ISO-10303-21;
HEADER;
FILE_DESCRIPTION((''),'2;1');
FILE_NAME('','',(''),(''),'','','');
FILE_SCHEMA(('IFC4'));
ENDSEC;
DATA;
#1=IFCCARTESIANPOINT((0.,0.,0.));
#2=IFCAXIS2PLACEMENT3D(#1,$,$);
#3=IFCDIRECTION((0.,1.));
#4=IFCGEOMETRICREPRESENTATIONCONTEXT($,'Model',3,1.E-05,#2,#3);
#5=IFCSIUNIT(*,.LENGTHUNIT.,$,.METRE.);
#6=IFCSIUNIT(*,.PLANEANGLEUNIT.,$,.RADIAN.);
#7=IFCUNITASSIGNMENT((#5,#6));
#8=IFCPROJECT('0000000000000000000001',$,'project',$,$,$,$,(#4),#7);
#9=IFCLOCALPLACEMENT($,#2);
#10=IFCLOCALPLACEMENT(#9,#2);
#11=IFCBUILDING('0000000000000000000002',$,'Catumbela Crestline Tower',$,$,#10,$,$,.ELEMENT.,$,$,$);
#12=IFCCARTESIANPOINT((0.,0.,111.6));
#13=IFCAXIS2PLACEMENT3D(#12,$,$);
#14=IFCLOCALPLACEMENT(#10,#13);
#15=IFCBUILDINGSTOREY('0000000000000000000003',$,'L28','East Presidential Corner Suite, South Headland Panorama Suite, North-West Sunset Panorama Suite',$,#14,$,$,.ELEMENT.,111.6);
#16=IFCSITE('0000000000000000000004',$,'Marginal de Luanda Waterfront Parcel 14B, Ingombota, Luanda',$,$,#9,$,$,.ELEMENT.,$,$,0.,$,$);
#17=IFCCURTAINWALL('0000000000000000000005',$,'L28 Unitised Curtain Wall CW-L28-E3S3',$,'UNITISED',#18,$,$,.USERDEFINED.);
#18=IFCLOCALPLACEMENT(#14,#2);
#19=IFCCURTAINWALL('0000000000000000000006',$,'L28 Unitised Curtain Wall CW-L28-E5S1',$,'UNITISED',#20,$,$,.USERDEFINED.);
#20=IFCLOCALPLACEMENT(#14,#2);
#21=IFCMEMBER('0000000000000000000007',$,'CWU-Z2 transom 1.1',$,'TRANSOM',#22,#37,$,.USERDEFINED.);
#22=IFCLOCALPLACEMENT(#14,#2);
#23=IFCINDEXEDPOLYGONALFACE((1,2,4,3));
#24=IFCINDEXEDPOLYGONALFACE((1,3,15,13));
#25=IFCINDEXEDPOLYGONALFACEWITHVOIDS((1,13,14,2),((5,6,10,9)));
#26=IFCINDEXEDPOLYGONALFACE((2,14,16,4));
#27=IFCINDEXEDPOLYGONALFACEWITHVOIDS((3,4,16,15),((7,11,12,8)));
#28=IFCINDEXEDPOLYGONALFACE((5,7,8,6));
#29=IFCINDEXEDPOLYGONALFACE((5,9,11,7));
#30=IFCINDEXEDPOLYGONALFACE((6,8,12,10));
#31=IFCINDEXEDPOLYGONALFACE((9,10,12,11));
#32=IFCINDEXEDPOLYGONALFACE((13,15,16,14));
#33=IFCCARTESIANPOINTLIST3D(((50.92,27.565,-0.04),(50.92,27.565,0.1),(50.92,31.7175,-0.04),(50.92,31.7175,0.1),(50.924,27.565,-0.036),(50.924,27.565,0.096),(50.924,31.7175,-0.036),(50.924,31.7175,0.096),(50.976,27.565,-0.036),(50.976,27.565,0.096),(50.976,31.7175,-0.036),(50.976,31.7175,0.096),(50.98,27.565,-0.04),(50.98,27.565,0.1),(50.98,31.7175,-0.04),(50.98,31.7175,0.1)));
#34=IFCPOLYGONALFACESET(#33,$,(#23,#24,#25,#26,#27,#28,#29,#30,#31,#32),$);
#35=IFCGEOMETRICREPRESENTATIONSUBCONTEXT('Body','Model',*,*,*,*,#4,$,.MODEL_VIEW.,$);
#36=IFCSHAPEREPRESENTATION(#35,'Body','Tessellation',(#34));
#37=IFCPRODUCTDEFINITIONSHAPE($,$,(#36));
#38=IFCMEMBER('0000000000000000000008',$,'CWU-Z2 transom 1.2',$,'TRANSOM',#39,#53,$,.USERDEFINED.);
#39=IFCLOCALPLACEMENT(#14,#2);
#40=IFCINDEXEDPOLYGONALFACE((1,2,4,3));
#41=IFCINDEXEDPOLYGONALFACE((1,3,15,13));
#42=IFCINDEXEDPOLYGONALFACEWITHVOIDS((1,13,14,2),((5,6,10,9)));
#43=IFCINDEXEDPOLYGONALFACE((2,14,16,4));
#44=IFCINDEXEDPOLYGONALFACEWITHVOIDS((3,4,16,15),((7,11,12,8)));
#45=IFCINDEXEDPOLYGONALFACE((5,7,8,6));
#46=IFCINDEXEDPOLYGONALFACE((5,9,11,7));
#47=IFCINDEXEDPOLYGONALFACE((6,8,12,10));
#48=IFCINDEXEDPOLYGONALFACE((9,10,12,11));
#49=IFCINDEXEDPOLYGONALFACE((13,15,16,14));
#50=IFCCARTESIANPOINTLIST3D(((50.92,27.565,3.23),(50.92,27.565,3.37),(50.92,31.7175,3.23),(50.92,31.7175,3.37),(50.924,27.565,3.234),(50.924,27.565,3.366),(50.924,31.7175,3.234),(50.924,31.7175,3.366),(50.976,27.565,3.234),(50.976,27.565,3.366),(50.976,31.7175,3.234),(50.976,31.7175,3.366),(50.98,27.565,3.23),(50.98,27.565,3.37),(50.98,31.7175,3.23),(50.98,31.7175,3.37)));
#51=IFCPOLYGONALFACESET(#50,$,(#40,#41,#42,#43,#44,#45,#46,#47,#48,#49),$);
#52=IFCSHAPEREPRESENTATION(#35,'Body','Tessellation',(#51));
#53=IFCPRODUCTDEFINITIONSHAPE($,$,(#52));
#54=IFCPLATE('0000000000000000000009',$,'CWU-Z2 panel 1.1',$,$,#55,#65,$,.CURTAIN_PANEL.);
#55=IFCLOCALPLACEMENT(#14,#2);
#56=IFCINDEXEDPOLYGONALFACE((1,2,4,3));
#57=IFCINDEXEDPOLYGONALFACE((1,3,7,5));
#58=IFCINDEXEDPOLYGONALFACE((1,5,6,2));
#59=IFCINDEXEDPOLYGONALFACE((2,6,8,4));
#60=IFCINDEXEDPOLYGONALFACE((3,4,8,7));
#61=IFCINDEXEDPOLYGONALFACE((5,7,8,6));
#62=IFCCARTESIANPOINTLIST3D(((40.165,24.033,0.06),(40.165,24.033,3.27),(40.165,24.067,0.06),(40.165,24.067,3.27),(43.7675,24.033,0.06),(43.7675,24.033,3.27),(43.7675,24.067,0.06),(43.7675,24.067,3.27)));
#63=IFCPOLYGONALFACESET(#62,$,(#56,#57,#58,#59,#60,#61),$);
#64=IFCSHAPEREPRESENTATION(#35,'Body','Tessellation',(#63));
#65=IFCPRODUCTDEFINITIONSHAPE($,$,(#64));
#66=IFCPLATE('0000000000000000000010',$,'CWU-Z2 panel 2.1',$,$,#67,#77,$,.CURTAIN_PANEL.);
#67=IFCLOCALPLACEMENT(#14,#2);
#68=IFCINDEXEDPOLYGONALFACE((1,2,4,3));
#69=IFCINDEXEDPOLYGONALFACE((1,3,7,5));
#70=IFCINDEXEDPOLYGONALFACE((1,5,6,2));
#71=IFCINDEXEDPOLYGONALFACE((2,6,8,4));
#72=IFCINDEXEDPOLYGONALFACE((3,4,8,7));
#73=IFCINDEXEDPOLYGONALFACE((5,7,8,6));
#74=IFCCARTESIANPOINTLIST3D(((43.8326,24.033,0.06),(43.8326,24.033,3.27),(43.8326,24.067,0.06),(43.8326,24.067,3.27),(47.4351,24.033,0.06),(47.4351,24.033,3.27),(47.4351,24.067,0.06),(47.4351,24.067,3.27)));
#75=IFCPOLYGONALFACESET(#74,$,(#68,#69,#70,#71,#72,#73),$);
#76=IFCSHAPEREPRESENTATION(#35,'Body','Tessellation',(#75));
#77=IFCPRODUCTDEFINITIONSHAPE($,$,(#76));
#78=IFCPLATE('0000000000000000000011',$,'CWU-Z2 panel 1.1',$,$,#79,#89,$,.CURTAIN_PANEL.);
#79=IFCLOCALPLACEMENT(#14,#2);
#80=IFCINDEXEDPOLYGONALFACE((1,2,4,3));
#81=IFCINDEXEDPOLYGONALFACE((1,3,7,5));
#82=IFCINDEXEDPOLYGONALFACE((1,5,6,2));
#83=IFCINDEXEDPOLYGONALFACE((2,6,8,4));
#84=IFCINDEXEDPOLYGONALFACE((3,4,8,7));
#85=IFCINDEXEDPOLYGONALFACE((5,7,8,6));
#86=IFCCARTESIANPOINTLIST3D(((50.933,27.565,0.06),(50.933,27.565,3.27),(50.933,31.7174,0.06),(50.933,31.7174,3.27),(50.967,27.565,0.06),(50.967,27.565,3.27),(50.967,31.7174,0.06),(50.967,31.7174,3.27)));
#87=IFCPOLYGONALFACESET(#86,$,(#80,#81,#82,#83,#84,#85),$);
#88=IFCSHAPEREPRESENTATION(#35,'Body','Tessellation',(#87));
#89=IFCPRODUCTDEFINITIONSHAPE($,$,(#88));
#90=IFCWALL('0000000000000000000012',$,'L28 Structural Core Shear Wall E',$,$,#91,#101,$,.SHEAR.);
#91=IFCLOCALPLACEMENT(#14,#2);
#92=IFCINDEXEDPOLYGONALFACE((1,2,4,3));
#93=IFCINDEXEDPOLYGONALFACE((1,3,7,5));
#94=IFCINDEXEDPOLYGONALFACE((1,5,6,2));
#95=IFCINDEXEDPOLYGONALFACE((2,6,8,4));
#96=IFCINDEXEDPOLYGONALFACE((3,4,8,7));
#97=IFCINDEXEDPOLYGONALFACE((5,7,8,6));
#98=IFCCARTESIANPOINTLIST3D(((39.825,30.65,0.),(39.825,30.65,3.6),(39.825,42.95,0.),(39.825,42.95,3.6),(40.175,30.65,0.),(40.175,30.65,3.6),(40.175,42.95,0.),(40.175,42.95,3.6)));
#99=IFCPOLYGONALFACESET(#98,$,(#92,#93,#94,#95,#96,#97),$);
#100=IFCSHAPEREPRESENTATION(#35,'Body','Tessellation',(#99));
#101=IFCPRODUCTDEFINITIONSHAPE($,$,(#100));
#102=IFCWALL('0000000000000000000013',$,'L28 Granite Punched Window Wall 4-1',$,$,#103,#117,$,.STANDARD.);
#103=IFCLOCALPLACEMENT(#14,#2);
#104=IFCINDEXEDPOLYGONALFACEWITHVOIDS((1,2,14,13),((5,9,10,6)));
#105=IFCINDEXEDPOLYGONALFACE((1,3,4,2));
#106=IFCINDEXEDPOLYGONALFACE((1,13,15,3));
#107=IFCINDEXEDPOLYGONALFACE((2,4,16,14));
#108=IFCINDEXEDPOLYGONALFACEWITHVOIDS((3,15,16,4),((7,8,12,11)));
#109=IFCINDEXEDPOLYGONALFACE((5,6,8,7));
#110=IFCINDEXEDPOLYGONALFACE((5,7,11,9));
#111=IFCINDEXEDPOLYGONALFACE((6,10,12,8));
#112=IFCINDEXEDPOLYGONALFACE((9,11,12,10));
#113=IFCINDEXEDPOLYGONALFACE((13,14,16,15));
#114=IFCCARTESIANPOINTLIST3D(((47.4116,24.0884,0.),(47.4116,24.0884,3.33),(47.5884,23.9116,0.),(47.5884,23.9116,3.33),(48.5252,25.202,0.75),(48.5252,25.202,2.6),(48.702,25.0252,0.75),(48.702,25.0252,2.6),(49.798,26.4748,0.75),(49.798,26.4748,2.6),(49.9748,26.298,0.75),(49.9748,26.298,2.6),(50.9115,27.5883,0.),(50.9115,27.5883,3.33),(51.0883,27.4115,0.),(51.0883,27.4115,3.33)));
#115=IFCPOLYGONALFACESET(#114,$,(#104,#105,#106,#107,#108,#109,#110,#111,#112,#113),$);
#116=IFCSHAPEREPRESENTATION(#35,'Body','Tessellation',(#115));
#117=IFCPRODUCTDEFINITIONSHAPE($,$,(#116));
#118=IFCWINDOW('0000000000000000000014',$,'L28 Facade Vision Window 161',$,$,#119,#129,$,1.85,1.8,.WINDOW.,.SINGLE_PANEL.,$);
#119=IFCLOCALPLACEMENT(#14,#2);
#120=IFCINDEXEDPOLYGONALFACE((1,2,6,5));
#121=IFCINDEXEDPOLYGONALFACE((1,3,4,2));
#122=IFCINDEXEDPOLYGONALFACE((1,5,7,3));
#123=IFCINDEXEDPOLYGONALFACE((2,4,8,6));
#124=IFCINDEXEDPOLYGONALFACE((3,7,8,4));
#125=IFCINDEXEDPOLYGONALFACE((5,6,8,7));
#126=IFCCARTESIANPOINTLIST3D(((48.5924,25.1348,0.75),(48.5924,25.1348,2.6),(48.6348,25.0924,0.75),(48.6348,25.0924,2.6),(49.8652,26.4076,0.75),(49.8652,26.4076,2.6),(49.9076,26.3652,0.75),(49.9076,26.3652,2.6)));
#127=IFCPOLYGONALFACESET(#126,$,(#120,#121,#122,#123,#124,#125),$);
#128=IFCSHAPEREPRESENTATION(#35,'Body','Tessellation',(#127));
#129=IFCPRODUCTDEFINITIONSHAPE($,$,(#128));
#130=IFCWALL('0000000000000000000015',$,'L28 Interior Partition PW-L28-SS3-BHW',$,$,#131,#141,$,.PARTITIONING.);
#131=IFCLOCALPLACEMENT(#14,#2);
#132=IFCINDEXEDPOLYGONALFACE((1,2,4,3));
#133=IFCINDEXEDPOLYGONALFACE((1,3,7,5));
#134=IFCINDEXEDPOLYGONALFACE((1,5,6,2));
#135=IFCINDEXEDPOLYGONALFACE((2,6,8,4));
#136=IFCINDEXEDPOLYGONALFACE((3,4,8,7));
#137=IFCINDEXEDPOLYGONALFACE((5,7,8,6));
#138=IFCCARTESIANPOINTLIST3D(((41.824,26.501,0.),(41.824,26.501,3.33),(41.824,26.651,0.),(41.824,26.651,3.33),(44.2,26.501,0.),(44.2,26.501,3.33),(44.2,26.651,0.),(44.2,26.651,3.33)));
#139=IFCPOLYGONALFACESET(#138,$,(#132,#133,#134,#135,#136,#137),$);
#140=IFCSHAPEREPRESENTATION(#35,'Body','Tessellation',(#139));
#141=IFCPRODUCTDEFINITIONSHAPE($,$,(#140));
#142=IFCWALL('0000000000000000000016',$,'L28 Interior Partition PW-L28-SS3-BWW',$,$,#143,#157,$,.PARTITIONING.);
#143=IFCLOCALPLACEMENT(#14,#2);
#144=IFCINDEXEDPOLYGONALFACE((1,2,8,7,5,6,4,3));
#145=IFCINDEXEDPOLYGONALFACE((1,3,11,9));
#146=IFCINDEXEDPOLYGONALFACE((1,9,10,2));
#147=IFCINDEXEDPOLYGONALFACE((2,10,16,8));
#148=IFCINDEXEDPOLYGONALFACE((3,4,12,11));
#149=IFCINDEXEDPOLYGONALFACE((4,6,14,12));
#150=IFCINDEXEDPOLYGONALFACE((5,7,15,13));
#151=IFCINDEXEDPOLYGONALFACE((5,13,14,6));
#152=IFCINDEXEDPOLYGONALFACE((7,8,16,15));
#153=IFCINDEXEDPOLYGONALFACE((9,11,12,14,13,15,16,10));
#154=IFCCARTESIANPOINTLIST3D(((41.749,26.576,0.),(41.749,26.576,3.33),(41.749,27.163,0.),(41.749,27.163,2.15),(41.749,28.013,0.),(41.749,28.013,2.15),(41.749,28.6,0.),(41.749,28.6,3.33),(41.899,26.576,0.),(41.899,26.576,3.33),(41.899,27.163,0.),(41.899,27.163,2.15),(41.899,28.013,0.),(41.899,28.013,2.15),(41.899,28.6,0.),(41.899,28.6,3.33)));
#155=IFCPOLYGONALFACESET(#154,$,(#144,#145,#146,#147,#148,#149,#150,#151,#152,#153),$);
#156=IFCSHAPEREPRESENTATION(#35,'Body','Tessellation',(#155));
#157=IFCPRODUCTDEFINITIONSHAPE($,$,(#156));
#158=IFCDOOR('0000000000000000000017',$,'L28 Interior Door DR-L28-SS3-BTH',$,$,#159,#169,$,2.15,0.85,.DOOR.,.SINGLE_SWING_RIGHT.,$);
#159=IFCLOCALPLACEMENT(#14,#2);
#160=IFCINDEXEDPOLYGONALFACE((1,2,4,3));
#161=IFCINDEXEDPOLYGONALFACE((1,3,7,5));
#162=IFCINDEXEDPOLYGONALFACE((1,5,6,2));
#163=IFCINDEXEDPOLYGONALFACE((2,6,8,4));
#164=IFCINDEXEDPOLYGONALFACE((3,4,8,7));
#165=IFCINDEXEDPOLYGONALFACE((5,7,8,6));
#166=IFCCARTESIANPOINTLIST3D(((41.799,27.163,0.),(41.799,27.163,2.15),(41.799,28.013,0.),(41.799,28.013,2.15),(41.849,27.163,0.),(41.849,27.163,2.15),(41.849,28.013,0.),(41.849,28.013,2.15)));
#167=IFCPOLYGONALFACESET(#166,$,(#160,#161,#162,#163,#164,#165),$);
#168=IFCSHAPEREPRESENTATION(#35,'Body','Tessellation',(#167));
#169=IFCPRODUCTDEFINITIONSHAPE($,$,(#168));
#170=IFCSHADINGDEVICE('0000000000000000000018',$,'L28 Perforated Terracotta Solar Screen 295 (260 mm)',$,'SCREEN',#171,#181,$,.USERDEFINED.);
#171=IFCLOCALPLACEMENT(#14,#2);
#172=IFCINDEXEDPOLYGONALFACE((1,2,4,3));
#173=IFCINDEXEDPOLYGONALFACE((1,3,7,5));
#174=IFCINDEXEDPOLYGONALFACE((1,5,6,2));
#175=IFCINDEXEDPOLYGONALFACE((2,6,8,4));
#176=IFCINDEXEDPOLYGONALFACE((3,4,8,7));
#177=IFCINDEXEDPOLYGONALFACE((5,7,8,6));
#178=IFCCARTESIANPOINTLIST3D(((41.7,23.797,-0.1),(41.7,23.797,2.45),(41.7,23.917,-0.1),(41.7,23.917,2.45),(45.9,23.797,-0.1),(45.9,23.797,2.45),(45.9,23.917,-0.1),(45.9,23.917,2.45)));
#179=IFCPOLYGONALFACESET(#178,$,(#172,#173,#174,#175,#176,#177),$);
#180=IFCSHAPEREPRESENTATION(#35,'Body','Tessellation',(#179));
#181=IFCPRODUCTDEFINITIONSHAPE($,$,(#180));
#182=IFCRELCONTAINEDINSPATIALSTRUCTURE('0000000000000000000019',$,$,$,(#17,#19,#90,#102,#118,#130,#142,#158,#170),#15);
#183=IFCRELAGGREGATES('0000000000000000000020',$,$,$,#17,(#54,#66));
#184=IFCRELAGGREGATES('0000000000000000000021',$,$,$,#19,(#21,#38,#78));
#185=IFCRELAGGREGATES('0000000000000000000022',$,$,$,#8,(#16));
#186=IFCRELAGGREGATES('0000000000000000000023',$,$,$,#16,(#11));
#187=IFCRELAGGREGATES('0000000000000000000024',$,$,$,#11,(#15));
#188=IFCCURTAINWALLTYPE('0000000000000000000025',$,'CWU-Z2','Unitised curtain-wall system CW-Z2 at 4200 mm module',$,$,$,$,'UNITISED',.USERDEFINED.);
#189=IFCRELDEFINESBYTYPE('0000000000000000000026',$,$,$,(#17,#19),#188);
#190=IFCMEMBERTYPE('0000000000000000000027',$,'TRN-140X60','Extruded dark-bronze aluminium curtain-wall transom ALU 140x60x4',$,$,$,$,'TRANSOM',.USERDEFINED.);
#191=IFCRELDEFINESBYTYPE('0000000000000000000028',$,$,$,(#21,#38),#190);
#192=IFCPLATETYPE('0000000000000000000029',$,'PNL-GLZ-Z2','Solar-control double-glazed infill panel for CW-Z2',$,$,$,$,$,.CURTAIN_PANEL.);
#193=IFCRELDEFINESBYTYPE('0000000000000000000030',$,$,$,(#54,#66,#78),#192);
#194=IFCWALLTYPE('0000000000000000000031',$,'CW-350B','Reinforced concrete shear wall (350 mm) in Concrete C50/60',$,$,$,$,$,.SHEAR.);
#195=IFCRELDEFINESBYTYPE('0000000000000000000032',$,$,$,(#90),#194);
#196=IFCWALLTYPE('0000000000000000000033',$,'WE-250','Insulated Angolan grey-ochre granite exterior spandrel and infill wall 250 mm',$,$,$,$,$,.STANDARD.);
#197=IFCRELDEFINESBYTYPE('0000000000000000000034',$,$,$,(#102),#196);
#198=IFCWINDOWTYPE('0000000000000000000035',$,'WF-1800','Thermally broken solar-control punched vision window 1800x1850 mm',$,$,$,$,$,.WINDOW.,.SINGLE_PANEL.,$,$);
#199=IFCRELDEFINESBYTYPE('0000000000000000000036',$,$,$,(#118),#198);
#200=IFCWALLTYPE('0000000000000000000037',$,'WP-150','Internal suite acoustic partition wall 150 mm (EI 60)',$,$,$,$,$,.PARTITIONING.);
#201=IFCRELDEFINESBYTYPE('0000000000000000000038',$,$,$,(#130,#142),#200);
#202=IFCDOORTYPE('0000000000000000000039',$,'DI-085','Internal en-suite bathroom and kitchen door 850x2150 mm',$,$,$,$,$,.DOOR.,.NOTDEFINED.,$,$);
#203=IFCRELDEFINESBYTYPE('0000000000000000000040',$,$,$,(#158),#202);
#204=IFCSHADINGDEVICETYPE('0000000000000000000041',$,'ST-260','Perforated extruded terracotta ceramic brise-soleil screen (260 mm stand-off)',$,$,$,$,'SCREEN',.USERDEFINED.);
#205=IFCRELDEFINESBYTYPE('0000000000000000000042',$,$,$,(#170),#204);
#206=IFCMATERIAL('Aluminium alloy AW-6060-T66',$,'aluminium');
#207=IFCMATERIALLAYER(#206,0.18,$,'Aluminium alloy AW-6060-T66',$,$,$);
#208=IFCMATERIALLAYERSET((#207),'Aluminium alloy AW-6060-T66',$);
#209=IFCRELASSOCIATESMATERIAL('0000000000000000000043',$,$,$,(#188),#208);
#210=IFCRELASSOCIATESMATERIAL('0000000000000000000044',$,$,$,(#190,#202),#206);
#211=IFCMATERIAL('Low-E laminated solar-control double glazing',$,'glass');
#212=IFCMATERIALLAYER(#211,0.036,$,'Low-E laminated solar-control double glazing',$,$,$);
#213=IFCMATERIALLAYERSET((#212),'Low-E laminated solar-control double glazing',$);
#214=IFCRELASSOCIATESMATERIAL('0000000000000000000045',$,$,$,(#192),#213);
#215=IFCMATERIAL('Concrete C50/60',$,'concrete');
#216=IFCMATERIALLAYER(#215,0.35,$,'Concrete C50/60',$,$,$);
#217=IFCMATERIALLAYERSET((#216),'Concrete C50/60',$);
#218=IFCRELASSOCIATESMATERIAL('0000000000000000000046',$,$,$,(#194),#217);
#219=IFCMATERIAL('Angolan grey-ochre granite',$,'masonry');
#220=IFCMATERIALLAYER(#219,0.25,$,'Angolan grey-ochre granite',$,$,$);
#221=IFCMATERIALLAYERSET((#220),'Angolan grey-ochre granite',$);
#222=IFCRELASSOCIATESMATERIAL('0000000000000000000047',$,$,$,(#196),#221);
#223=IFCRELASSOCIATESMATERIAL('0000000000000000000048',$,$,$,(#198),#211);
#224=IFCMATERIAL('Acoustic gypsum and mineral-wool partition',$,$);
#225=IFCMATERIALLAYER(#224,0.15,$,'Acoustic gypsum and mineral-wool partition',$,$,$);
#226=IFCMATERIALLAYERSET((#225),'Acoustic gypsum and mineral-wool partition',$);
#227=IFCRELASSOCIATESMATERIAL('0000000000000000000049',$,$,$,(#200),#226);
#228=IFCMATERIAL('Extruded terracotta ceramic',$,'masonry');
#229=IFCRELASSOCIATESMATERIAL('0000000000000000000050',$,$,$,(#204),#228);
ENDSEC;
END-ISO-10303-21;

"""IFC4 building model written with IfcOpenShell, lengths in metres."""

from ifc_helpers import new_model, si_unit, direction, frame, frame_2d, origin, origin_2d, place, context, subcontext, project, spatial, rectangle, hollow_rectangle, extrude, material, layer, layer_set, material_profile, profile_set, type_object, element, fill, aggregate, save


model = new_model("IFC4")

# Units and contexts
model_context = context("Model", 3, precision=1e-05, world=origin(), true_north=direction((0.0, 1.0)))
body_context = subcontext(model_context, "Body", "Model", "MODEL_VIEW")
ifc_project = project(units=[si_unit("LENGTHUNIT", "METRE"), si_unit("PLANEANGLEUNIT", "RADIAN")], contexts=[model_context])

# Site, building, storey
site_placement = place(None, origin())
site = spatial("IfcSite", under=ifc_project, at=site_placement, Name="Marginal de Luanda Waterfront Parcel 14B, Ingombota, Luanda", CompositionType="ELEMENT", RefElevation=0.0)
building_placement = place(site_placement, origin())
building = spatial("IfcBuilding", under=site, at=building_placement, Name="Catumbela Crestline Tower", CompositionType="ELEMENT")
storey_placement = place(building_placement, frame((0.0, 0.0, 111.6)))
storey = spatial("IfcBuildingStorey", under=building, at=storey_placement, Name="L28", Description="East Presidential Corner Suite, South Headland Panorama Suite, North-West Sunset Panorama Suite", CompositionType="ELEMENT", Elevation=111.6)

# Shared definitions
ifc_material_1 = material(Name="Concrete C50/60", Category="concrete")

# Curtain wall
ifc_material_2 = material(Name="Aluminium alloy AW-6060-T66", Category="aluminium")
ifc_layer_1 = layer(ifc_material_2, 0.18, Name="Aluminium alloy AW-6060-T66")
ifc_layer_set_1 = layer_set([ifc_layer_1], Name="Aluminium alloy AW-6060-T66")
curtain_wall_type = type_object("IfcCurtainWallType", Name="CWU-Z2", Description="Unitised curtain-wall system CW-Z2 at 4200 mm module", ElementType="UNITISED", PredefinedType="USERDEFINED", material=ifc_layer_set_1)
curtain_wall_1_placement = place(storey_placement, origin())
curtain_wall_1 = element("IfcCurtainWall", 1, at=curtain_wall_1_placement, inside=storey, type_object=curtain_wall_type, Name="L28 Unitised Curtain Wall CW-L28-E3S3", ObjectType="UNITISED", PredefinedType="USERDEFINED")

# Curtain wall
curtain_wall_2_placement = place(storey_placement, origin())
curtain_wall_2 = element("IfcCurtainWall", 2, at=curtain_wall_2_placement, inside=storey, type_object=curtain_wall_type, Name="L28 Unitised Curtain Wall CW-L28-E5S1", ObjectType="UNITISED", PredefinedType="USERDEFINED")

# Members
ifc_material_profile_1 = material_profile(ifc_material_2, hollow_rectangle(XDim=0.06, YDim=0.14, WallThickness=0.004, at=origin_2d()), Name="ALU 140x60x4")
ifc_profile_set_1 = profile_set([ifc_material_profile_1], Name="Aluminium alloy AW-6060-T66")
member_type_1 = type_object("IfcMemberType", Name="TRN-140X60", Description="Extruded dark-bronze aluminium curtain-wall transom ALU 140x60x4", ElementType="TRANSOM", PredefinedType="USERDEFINED", material=ifc_profile_set_1)
member_1_placement = place(storey_placement, frame((50.95, 27.565, 0.03), z_axis=(0.0, 1.0, 0.0), x_axis=(-1.0, 0.0, 0.0)))
member_1 = element("IfcMember", 3, at=member_1_placement, type_object=member_type_1, Name="CWU-Z2 transom 1.1", ObjectType="TRANSOM", PredefinedType="USERDEFINED", context=body_context, shape_type="SweptSolid", body=[
    extrude(hollow_rectangle(XDim=0.06, YDim=0.14, WallThickness=0.004, at=origin_2d()), origin(), (0.0, 0.0, 1.0), 4.1525),
])
member_2_placement = place(storey_placement, frame((50.95, 27.565, 3.3), z_axis=(0.0, 1.0, 0.0), x_axis=(-1.0, 0.0, 0.0)))
member_2 = element("IfcMember", 4, at=member_2_placement, type_object=member_type_1, Name="CWU-Z2 transom 1.2", ObjectType="TRANSOM", PredefinedType="USERDEFINED", context=body_context, shape_type="SweptSolid", body=[
    extrude(hollow_rectangle(XDim=0.06, YDim=0.14, WallThickness=0.004, at=origin_2d()), origin(), (0.0, 0.0, 1.0), 4.1525),
])

# Plates
ifc_material_3 = material(Name="Low-E laminated solar-control double glazing", Category="glass")
ifc_layer_2 = layer(ifc_material_3, 0.036, Name="Low-E laminated solar-control double glazing")
ifc_layer_set_2 = layer_set([ifc_layer_2], Name="Low-E laminated solar-control double glazing")
plate_type = type_object("IfcPlateType", Name="PNL-GLZ-Z2", Description="Solar-control double-glazed infill panel for CW-Z2", PredefinedType="CURTAIN_PANEL", material=ifc_layer_set_2)
plate_1_placement = place(storey_placement, frame((41.9662, 24.05, 0.06), z_axis=(0.0, 0.0, 1.0), x_axis=(1.0, 0.0, 0.0)))
plate_1 = element("IfcPlate", 5, at=plate_1_placement, type_object=plate_type, Name="CWU-Z2 panel 1.1", PredefinedType="CURTAIN_PANEL", context=body_context, shape_type="SweptSolid", body=[
    extrude(rectangle(XDim=3.6025, YDim=0.034, at=origin_2d()), origin(), (0.0, 0.0, 1.0), 3.21),
])
plate_2_placement = place(storey_placement, frame((45.6338, 24.05, 0.06), z_axis=(0.0, 0.0, 1.0), x_axis=(1.0, 0.0, 0.0)))
plate_2 = element("IfcPlate", 6, at=plate_2_placement, type_object=plate_type, Name="CWU-Z2 panel 2.1", PredefinedType="CURTAIN_PANEL", context=body_context, shape_type="SweptSolid", body=[
    extrude(rectangle(XDim=3.6025, YDim=0.034, at=origin_2d()), origin(), (0.0, 0.0, 1.0), 3.21),
])
aggregate(curtain_wall_1, [plate_1, plate_2])
plate_3_placement = place(storey_placement, frame((50.95, 29.6412, 0.06), z_axis=(0.0, 0.0, 1.0), x_axis=(0.0, 1.0, 0.0)))
plate_3 = element("IfcPlate", 7, at=plate_3_placement, type_object=plate_type, Name="CWU-Z2 panel 1.1", PredefinedType="CURTAIN_PANEL", context=body_context, shape_type="SweptSolid", body=[
    extrude(rectangle(XDim=4.1525, YDim=0.034, at=origin_2d()), origin(), (0.0, 0.0, 1.0), 3.21),
])
aggregate(curtain_wall_2, [member_1, member_2, plate_3])

# Wall
ifc_layer_3 = layer(ifc_material_1, 0.35, Name="Concrete C50/60")
ifc_layer_set_3 = layer_set([ifc_layer_3], Name="Concrete C50/60")
wall_type_1 = type_object("IfcWallType", Name="CW-350B", Description="Reinforced concrete shear wall (350 mm) in Concrete C50/60", PredefinedType="SHEAR", material=ifc_layer_set_3)
wall_1_placement = place(storey_placement, frame((40.0, 30.65, 0.0), z_axis=(0.0, 0.0, 1.0), x_axis=(0.0, 1.0, 0.0)))
element("IfcWall", 8, at=wall_1_placement, inside=storey, type_object=wall_type_1, Name="L28 Structural Core Shear Wall E", PredefinedType="SHEAR", context=body_context, shape_type="SweptSolid", body=[
    extrude(rectangle(XDim=12.3, YDim=0.35, at=frame_2d((6.15, 0.0))), origin(), (0.0, 0.0, 1.0), 3.6),
])

# Wall, opening, window
ifc_material_4 = material(Name="Angolan grey-ochre granite", Category="masonry")
ifc_layer_4 = layer(ifc_material_4, 0.25, Name="Angolan grey-ochre granite")
ifc_layer_set_4 = layer_set([ifc_layer_4], Name="Angolan grey-ochre granite")
wall_type_2 = type_object("IfcWallType", Name="WE-250", Description="Insulated Angolan grey-ochre granite exterior spandrel and infill wall 250 mm", PredefinedType="STANDARD", material=ifc_layer_set_4)
wall_2_placement = place(storey_placement, frame((47.5, 24.0, 0.0), z_axis=(0.0, 0.0, 1.0), x_axis=(0.707107, 0.707107, 0.0)))
wall_2 = element("IfcWall", 9, at=wall_2_placement, inside=storey, type_object=wall_type_2, Name="L28 Granite Punched Window Wall 4-1", PredefinedType="STANDARD", context=body_context, shape_type="SweptSolid", body=[
    extrude(rectangle(XDim=4.9497, YDim=0.25, at=frame_2d((2.4748, 0.0))), origin(), (0.0, 0.0, 1.0), 3.33),
])
opening_1_placement = place(wall_2_placement, frame((1.5749, 0.0, 0.75)))
opening_1 = element("IfcOpeningElement", 10, at=opening_1_placement, cuts=wall_2, PredefinedType="OPENING", context=body_context, shape_type="SweptSolid", body=[
    extrude(rectangle(XDim=1.8, YDim=1.85, at=frame_2d((0.9, 0.925))), frame((0.0, 0.135, 0.0), z_axis=(0.0, -1.0, 0.0), x_axis=(1.0, 0.0, 0.0)), (0.0, 0.0, 1.0), 0.27),
])
window_type = type_object("IfcWindowType", Name="WF-1800", Description="Thermally broken solar-control punched vision window 1800x1850 mm", PartitioningType="SINGLE_PANEL", PredefinedType="WINDOW", material=ifc_material_3)
window_placement = place(opening_1_placement, origin())
window = element("IfcWindow", 11, at=window_placement, inside=storey, type_object=window_type, Name="L28 Facade Vision Window 161", OverallHeight=1.85, OverallWidth=1.8, PartitioningType="SINGLE_PANEL", PredefinedType="WINDOW", context=body_context, shape_type="SweptSolid", body=[
    extrude(rectangle(XDim=1.8, YDim=1.85, at=frame_2d((0.9, 0.925))), frame((0.0, 0.03, 0.0), z_axis=(0.0, -1.0, 0.0), x_axis=(1.0, 0.0, 0.0)), (0.0, 0.0, 1.0), 0.06),
])
fill(opening_1, window)

# Wall
ifc_material_5 = material(Name="Acoustic gypsum and mineral-wool partition")
ifc_layer_5 = layer(ifc_material_5, 0.15, Name="Acoustic gypsum and mineral-wool partition")
ifc_layer_set_5 = layer_set([ifc_layer_5], Name="Acoustic gypsum and mineral-wool partition")
wall_type_3 = type_object("IfcWallType", Name="WP-150", Description="Internal suite acoustic partition wall 150 mm (EI 60)", PredefinedType="PARTITIONING", material=ifc_layer_set_5)
wall_3_placement = place(storey_placement, frame((41.824, 26.576, 0.0), z_axis=(0.0, 0.0, 1.0), x_axis=(1.0, 0.0, 0.0)))
element("IfcWall", 12, at=wall_3_placement, inside=storey, type_object=wall_type_3, Name="L28 Interior Partition PW-L28-SS3-BHW", PredefinedType="PARTITIONING", context=body_context, shape_type="SweptSolid", body=[
    extrude(rectangle(XDim=2.376, YDim=0.15, at=frame_2d((1.188, 0.0))), origin(), (0.0, 0.0, 1.0), 3.33),
])

# Wall, opening, door
wall_4_placement = place(storey_placement, frame((41.824, 26.576, 0.0), z_axis=(0.0, 0.0, 1.0), x_axis=(0.0, 1.0, 0.0)))
wall_4 = element("IfcWall", 13, at=wall_4_placement, inside=storey, type_object=wall_type_3, Name="L28 Interior Partition PW-L28-SS3-BWW", PredefinedType="PARTITIONING", context=body_context, shape_type="SweptSolid", body=[
    extrude(rectangle(XDim=2.024, YDim=0.15, at=frame_2d((1.012, 0.0))), origin(), (0.0, 0.0, 1.0), 3.33),
])
opening_2_placement = place(wall_4_placement, frame((0.587, 0.0, 0.0)))
opening_2 = element("IfcOpeningElement", 14, at=opening_2_placement, cuts=wall_4, PredefinedType="OPENING", context=body_context, shape_type="SweptSolid", body=[
    extrude(rectangle(XDim=0.85, YDim=2.15, at=frame_2d((0.425, 1.075))), frame((0.0, 0.085, 0.0), z_axis=(0.0, -1.0, 0.0), x_axis=(1.0, 0.0, 0.0)), (0.0, 0.0, 1.0), 0.17),
])
door_type = type_object("IfcDoorType", Name="DI-085", Description="Internal en-suite bathroom and kitchen door 850x2150 mm", OperationType="NOTDEFINED", PredefinedType="DOOR", material=ifc_material_2)
door_placement = place(opening_2_placement, origin())
door = element("IfcDoor", 15, at=door_placement, inside=storey, type_object=door_type, Name="L28 Interior Door DR-L28-SS3-BTH", OperationType="SINGLE_SWING_RIGHT", OverallHeight=2.15, OverallWidth=0.85, PredefinedType="DOOR", context=body_context, shape_type="SweptSolid", body=[
    extrude(rectangle(XDim=0.85, YDim=2.15, at=frame_2d((0.425, 1.075))), frame((0.0, 0.025, 0.0), z_axis=(0.0, -1.0, 0.0), x_axis=(1.0, 0.0, 0.0)), (0.0, 0.0, 1.0), 0.05),
])
fill(opening_2, door)

# Shading device
ifc_material_6 = material(Name="Extruded terracotta ceramic", Category="masonry")
shading_device_type = type_object("IfcShadingDeviceType", Name="ST-260", Description="Perforated extruded terracotta ceramic brise-soleil screen (260 mm stand-off)", ElementType="SCREEN", PredefinedType="USERDEFINED", material=ifc_material_6)
shading_device_placement = place(storey_placement, frame((43.8, 23.857, -0.1), z_axis=(0.0, 0.0, 1.0), x_axis=(1.0, 0.0, 0.0)))
element("IfcShadingDevice", 16, at=shading_device_placement, inside=storey, type_object=shading_device_type, Name="L28 Perforated Terracotta Solar Screen 295 (260 mm)", ObjectType="SCREEN", PredefinedType="USERDEFINED", context=body_context, shape_type="SweptSolid", body=[
    extrude(rectangle(XDim=4.2, YDim=0.12, at=origin_2d()), origin(), (0.0, 0.0, 1.0), 2.55),
])

save(model, "model.ifc")
